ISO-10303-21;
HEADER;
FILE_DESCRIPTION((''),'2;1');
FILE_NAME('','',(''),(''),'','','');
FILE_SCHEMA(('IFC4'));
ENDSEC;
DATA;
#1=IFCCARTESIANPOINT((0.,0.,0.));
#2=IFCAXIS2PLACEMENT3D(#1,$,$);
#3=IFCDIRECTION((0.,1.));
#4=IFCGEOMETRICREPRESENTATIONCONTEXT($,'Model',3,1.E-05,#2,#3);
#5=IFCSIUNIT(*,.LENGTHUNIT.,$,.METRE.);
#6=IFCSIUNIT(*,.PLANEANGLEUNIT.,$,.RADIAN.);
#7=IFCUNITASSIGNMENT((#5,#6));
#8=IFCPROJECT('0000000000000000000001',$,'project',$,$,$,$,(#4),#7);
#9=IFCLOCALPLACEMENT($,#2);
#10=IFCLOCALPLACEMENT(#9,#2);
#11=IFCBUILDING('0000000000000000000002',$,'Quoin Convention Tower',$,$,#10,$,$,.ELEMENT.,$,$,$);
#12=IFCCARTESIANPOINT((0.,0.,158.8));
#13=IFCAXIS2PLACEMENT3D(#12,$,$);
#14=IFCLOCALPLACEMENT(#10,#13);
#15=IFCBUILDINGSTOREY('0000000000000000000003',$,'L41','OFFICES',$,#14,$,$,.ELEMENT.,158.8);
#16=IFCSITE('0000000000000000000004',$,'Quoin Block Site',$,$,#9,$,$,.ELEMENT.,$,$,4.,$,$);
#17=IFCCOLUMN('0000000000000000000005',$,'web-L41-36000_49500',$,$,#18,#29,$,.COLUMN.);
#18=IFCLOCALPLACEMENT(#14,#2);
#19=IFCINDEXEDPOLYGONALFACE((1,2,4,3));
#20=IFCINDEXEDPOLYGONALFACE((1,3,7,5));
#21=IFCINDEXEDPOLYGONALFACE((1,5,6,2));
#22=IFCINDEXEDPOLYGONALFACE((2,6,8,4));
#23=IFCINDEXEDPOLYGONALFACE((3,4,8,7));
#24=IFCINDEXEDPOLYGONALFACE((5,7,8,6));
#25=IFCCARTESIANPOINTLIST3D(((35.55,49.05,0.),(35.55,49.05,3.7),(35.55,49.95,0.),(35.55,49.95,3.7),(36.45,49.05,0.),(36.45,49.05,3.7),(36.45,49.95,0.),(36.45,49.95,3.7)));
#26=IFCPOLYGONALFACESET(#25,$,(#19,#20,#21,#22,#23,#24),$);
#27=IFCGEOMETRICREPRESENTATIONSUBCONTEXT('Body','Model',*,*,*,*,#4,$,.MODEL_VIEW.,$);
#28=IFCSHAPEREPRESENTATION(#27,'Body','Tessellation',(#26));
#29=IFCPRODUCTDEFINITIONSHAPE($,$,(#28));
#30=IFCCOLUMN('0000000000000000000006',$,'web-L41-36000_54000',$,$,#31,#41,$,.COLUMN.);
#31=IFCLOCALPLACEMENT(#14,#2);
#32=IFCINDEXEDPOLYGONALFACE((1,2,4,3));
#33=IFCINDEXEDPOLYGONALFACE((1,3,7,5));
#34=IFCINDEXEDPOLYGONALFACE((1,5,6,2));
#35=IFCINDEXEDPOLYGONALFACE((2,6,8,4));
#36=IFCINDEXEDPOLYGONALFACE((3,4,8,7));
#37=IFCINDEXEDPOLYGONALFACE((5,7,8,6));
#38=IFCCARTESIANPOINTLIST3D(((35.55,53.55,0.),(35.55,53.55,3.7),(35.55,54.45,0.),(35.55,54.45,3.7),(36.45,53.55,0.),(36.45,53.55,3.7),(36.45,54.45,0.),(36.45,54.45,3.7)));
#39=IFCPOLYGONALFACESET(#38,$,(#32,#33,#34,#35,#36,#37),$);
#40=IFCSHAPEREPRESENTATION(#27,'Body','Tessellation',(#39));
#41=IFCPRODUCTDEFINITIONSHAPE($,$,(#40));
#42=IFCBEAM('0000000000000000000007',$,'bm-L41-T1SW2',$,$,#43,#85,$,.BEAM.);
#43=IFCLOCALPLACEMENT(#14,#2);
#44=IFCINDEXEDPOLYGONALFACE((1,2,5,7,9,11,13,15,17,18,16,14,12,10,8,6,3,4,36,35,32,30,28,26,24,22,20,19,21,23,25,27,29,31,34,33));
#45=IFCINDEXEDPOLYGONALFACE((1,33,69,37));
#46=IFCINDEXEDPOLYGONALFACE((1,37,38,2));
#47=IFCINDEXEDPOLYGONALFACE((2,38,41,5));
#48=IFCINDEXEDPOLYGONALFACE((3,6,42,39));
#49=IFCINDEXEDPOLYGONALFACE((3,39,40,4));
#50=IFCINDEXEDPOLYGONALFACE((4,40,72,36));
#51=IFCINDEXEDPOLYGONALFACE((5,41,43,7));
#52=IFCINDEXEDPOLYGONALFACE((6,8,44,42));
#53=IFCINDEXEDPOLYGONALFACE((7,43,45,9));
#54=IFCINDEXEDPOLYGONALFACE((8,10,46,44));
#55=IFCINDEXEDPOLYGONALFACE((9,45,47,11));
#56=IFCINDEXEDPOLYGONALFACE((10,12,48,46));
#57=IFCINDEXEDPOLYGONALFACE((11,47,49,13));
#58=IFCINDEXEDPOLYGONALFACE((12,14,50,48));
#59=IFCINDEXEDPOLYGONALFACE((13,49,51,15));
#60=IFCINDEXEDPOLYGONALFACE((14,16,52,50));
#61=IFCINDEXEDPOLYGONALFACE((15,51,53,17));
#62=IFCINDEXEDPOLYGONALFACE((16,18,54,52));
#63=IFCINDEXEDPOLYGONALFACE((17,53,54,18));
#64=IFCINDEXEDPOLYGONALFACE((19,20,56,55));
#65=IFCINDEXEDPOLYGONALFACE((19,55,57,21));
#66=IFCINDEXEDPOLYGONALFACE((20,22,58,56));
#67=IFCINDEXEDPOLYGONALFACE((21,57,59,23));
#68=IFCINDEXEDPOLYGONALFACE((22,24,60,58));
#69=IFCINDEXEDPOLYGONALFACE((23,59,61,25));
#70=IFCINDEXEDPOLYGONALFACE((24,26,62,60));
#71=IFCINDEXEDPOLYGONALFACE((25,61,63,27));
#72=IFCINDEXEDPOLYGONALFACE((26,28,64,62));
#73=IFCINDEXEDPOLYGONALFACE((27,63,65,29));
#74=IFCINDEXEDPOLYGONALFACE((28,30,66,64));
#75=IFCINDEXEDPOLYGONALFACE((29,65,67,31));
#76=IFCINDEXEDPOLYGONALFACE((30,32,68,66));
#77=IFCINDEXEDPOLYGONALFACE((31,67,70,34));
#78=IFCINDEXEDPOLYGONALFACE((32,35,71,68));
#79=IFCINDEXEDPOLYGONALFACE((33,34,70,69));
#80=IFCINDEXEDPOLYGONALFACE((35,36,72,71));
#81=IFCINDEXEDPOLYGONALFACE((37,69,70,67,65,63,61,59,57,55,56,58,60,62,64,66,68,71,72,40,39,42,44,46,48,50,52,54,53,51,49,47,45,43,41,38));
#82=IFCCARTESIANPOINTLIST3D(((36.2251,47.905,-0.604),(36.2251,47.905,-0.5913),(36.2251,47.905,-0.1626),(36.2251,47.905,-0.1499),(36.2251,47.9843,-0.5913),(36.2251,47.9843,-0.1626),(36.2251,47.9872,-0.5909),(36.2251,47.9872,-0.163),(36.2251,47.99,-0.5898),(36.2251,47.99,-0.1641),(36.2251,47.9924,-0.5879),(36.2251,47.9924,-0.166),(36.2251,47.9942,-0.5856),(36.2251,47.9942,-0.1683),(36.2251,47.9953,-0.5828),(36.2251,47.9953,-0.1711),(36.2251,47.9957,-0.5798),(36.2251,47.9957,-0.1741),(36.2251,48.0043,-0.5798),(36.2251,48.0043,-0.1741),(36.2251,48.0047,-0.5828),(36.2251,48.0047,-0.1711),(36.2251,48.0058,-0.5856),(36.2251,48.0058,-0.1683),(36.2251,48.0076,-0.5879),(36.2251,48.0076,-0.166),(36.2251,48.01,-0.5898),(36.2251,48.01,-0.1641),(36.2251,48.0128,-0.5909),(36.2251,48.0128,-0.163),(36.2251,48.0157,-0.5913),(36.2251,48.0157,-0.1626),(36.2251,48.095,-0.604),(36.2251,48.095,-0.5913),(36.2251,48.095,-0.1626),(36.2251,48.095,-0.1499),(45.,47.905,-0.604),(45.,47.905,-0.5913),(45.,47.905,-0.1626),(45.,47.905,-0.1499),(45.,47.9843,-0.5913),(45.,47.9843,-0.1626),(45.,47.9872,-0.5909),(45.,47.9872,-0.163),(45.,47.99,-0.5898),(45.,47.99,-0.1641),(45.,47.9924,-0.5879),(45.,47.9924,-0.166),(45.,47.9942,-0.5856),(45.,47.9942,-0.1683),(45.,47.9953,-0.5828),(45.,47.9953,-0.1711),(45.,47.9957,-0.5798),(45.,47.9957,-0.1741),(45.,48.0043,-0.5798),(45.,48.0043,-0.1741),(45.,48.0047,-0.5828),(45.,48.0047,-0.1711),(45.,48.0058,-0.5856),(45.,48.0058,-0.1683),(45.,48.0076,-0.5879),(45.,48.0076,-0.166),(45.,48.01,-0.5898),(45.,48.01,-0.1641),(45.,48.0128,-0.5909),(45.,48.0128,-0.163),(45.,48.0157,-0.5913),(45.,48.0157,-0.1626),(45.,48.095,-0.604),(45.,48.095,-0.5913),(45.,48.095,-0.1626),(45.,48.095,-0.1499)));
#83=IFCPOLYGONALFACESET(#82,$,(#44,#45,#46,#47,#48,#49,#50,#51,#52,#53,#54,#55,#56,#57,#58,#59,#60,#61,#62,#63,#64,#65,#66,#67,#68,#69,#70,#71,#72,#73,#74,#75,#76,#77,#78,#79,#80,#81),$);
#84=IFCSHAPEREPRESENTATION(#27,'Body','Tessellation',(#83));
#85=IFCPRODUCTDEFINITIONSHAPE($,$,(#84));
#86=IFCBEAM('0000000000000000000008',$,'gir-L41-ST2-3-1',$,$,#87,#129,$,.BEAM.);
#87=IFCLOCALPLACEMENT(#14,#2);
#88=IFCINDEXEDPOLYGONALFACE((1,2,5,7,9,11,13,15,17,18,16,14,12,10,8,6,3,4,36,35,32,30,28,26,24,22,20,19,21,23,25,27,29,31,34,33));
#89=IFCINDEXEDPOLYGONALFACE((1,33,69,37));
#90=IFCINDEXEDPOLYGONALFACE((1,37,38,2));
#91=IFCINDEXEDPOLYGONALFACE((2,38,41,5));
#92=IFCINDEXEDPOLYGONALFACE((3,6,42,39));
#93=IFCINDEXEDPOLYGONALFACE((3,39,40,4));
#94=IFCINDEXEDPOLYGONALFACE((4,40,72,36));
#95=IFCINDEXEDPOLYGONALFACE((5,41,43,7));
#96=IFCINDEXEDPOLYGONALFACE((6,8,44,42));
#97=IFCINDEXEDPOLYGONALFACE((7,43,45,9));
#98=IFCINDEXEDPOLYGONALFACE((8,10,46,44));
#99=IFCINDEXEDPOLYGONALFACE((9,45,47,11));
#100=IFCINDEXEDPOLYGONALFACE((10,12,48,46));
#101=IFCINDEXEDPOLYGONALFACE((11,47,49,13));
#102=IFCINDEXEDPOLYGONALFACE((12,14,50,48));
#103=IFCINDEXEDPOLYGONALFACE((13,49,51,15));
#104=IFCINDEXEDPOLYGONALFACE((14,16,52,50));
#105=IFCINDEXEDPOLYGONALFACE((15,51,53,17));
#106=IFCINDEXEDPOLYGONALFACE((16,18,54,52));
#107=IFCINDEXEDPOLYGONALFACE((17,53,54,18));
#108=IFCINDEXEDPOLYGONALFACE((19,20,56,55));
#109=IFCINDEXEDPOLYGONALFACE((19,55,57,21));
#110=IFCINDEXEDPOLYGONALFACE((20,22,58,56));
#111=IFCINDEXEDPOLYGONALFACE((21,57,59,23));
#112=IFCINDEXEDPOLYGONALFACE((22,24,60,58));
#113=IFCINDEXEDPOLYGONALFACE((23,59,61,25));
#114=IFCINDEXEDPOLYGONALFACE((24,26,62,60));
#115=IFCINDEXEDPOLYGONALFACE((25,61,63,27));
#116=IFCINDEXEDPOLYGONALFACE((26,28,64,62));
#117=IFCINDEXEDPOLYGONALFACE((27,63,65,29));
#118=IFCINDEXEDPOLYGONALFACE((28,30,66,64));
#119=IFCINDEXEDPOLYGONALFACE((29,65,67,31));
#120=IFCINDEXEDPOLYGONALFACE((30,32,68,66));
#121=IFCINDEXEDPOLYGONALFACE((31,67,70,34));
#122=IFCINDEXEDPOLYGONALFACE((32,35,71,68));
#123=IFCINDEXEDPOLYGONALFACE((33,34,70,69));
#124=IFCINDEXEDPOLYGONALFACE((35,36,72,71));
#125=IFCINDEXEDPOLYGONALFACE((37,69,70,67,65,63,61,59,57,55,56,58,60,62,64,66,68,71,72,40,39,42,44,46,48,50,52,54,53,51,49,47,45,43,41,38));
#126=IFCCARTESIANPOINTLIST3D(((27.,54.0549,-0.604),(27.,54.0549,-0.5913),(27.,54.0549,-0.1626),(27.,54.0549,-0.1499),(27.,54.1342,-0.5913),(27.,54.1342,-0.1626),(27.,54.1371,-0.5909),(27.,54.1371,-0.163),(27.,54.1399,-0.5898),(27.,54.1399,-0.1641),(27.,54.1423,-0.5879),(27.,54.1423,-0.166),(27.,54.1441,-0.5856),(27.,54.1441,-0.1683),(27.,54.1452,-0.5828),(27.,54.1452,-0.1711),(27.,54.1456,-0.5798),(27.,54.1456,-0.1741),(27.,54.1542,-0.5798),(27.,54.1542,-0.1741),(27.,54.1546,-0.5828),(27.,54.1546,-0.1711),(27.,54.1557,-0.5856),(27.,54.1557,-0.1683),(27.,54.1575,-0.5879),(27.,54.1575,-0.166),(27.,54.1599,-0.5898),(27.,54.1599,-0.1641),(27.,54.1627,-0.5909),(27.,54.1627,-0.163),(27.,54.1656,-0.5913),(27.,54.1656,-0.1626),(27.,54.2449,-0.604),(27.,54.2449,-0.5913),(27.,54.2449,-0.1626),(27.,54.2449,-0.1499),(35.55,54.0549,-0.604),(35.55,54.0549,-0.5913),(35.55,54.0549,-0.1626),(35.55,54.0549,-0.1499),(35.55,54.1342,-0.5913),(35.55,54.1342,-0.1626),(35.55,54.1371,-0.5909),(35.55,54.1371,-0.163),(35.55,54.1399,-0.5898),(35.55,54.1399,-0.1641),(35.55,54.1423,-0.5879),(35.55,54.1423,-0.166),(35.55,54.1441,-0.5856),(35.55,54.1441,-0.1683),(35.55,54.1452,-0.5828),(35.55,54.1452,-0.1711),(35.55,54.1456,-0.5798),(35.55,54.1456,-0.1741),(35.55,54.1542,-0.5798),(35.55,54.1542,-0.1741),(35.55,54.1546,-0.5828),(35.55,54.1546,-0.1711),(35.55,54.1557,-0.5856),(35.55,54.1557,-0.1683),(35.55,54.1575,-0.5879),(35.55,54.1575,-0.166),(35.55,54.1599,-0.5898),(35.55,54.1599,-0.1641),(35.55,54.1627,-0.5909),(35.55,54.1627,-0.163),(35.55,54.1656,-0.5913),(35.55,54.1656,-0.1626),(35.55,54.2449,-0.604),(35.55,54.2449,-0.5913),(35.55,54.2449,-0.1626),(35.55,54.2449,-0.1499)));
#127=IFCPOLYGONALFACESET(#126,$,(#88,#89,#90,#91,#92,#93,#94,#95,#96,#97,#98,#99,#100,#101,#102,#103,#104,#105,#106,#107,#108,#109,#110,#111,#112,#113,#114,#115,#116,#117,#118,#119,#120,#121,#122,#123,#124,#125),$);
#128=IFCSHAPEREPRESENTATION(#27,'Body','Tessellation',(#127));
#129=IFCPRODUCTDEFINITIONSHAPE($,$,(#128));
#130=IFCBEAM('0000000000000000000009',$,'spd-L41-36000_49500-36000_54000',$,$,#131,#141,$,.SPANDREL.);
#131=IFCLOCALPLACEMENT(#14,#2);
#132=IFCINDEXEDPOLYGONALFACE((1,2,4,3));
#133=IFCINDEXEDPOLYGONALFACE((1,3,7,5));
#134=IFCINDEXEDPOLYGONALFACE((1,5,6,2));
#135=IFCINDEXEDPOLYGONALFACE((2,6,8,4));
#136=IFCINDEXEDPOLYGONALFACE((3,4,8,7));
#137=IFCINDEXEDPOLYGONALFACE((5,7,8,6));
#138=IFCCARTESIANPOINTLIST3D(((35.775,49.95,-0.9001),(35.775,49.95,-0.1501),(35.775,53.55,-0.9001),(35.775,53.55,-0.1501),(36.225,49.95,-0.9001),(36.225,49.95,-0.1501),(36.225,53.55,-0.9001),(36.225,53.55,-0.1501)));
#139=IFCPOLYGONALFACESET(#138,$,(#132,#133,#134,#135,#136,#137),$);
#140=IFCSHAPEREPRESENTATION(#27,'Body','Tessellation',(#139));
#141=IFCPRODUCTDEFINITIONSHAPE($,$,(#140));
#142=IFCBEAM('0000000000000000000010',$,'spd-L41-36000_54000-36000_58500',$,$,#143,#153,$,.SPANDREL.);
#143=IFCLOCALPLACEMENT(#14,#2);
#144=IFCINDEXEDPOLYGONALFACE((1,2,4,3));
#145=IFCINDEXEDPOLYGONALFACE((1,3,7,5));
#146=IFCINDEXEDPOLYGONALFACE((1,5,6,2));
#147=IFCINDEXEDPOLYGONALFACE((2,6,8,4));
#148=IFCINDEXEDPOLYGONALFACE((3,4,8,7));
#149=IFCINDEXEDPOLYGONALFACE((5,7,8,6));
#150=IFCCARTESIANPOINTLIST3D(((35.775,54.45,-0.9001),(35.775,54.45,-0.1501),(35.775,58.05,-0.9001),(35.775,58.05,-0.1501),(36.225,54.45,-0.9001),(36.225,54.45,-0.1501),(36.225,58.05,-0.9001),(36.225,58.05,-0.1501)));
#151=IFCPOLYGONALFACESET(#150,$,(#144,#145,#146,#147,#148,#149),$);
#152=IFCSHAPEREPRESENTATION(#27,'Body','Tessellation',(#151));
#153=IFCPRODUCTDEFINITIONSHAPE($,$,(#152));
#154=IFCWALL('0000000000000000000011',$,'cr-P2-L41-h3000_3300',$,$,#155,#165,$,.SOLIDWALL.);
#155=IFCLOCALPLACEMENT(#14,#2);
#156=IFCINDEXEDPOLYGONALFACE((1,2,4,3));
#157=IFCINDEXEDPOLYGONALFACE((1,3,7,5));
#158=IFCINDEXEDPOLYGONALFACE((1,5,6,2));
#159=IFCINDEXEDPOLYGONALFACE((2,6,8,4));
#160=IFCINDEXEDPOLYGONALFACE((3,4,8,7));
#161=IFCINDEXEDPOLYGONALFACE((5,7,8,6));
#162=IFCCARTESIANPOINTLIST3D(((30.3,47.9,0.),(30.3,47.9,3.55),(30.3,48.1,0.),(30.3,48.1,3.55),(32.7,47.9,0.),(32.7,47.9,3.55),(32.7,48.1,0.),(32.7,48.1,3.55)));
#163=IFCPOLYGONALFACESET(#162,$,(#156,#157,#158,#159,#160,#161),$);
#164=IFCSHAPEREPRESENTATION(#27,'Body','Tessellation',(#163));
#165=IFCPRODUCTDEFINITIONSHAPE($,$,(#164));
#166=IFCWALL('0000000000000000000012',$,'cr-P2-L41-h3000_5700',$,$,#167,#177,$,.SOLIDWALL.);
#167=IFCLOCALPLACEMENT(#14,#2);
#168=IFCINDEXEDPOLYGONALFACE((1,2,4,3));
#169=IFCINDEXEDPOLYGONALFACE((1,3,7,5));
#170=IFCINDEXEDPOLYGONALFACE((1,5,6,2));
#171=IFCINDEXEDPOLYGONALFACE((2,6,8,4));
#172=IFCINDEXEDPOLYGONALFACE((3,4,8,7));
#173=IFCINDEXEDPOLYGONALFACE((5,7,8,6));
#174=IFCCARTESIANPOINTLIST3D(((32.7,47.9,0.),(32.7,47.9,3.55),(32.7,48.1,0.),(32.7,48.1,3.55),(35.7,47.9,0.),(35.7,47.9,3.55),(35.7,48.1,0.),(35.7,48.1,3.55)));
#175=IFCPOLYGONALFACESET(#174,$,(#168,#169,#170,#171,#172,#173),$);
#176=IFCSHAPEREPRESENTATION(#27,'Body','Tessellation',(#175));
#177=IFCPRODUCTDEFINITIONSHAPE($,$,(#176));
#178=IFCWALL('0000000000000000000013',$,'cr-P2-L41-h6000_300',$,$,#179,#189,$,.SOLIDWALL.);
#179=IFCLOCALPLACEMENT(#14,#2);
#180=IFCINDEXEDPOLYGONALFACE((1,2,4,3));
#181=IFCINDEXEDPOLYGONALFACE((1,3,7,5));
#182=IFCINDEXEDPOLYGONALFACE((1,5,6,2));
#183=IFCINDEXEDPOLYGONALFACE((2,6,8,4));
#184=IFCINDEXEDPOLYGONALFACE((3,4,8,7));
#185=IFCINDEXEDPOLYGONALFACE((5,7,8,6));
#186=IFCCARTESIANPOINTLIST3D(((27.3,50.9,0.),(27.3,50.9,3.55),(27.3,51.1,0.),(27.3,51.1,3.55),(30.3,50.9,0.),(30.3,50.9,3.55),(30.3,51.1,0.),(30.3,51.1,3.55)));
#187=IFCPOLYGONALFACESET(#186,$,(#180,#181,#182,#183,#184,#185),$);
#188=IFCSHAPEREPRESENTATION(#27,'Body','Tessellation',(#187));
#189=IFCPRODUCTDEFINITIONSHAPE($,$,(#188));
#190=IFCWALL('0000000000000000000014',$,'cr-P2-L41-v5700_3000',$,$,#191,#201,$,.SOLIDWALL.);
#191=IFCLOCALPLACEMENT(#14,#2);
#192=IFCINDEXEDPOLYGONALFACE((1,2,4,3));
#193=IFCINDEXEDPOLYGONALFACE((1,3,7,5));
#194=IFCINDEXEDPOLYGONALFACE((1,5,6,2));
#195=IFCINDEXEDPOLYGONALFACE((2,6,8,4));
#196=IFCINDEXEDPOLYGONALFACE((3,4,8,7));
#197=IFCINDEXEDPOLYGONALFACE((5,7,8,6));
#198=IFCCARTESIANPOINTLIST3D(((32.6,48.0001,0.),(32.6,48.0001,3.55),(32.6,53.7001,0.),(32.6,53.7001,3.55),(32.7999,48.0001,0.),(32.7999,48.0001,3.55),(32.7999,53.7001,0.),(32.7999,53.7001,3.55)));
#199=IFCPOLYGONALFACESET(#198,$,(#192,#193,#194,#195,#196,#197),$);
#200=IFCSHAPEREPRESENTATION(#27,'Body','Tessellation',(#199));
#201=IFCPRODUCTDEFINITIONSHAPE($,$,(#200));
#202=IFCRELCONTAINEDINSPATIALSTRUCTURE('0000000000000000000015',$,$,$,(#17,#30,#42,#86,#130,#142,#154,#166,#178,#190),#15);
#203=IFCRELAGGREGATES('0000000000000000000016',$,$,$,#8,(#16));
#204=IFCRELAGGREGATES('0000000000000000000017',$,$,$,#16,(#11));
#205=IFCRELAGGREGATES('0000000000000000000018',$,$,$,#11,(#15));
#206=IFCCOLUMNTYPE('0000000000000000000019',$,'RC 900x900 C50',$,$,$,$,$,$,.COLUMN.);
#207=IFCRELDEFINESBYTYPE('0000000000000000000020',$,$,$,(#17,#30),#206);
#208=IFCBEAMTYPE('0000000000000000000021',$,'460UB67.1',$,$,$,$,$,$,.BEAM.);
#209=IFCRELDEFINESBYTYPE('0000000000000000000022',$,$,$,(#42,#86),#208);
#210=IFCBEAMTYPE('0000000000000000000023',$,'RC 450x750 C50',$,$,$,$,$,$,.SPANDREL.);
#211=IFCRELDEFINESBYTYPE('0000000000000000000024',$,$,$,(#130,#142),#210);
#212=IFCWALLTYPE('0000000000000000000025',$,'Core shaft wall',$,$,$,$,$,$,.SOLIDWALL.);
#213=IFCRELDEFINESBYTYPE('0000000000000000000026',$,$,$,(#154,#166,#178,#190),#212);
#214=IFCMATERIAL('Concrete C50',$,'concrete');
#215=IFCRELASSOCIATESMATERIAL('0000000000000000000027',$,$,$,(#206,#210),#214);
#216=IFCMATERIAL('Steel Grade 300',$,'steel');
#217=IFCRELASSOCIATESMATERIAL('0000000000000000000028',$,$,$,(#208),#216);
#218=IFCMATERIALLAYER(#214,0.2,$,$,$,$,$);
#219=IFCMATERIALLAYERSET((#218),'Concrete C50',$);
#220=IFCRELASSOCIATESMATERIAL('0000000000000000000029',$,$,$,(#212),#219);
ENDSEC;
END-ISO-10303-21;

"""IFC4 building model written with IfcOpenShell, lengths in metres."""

from ifc_helpers import new_model, si_unit, direction, frame, frame_2d, origin, origin_2d, place, context, subcontext, project, spatial, rectangle, i_section, extrude, material, layer, layer_set, material_profile, profile_set, type_object, element, save


model = new_model("IFC4")

# Units and contexts
model_context = context("Model", 3, precision=1e-05, world=origin(), true_north=direction((0.0, 1.0)))
body_context = subcontext(model_context, "Body", "Model", "MODEL_VIEW")
ifc_project = project(units=[si_unit("LENGTHUNIT", "METRE"), si_unit("PLANEANGLEUNIT", "RADIAN")], contexts=[model_context])

# Site, building, storey
site_placement = place(None, origin())
site = spatial("IfcSite", under=ifc_project, at=site_placement, Name="Quoin Block Site", CompositionType="ELEMENT", RefElevation=4.0)
building_placement = place(site_placement, origin())
building = spatial("IfcBuilding", under=site, at=building_placement, Name="Quoin Convention Tower", CompositionType="ELEMENT")
storey_placement = place(building_placement, frame((0.0, 0.0, 158.8)))
storey = spatial("IfcBuildingStorey", under=building, at=storey_placement, Name="L41", Description="OFFICES", CompositionType="ELEMENT", Elevation=158.8)

# Columns
ifc_material_1 = material(Name="Concrete C50", Category="concrete")
ifc_material_profile_1 = material_profile(ifc_material_1, rectangle(XDim=0.8999, YDim=0.8999, at=origin_2d()), Name="RC 900x900")
ifc_profile_set_1 = profile_set([ifc_material_profile_1], Name="Concrete C50")
column_type = type_object("IfcColumnType", Name="RC 900x900 C50", PredefinedType="COLUMN", material=ifc_profile_set_1)
for number, where, z_axis, x_axis, name in (
    (1, (36.0, 49.5, 0.0), (0.0, 0.0, 1.0), (1.0, 0.0, 0.0), "web-L41-36000_49500"),
    (2, (36.0, 54.0, 0.0), (0.0, 0.0, 1.0), (1.0, 0.0, 0.0), "web-L41-36000_54000"),
):
    element("IfcColumn", number, at=place(storey_placement, frame(where, z_axis=z_axis, x_axis=x_axis)), inside=storey, type_object=column_type, Name=name, PredefinedType="COLUMN", context=body_context, shape_type="SweptSolid", body=[
        extrude(rectangle(XDim=0.8999, YDim=0.8999, at=origin_2d()), origin(), (0.0, 0.0, 1.0), 3.7),
    ])

# Beams
ifc_material_2 = material(Name="Steel Grade 300", Category="steel")
ifc_material_profile_2 = material_profile(ifc_material_2, i_section(OverallWidth=0.1899, OverallDepth=0.4541, WebThickness=0.0085, FlangeThickness=0.0127, FilletRadius=0.0115, at=origin_2d()), Name="460UB67.1")
ifc_profile_set_2 = profile_set([ifc_material_profile_2], Name="Steel Grade 300")
beam_type_1 = type_object("IfcBeamType", Name="460UB67.1", PredefinedType="BEAM", material=ifc_profile_set_2)
beam_1_placement = place(storey_placement, frame((36.2251, 48.0, -0.377), z_axis=(1.0, 0.0, 0.0), x_axis=(0.0, 1.0, 0.0)))
element("IfcBeam", 3, at=beam_1_placement, inside=storey, type_object=beam_type_1, Name="bm-L41-T1SW2", PredefinedType="BEAM", context=body_context, shape_type="SweptSolid", body=[
    extrude(i_section(OverallWidth=0.1899, OverallDepth=0.4541, WebThickness=0.0085, FlangeThickness=0.0127, FilletRadius=0.0115, at=origin_2d()), origin(), (0.0, 0.0, 1.0), 8.7749),
])
beam_2_placement = place(storey_placement, frame((27.0, 54.1499, -0.377), z_axis=(1.0, 0.0, 0.0), x_axis=(0.0, 1.0, 0.0)))
element("IfcBeam", 4, at=beam_2_placement, inside=storey, type_object=beam_type_1, Name="gir-L41-ST2-3-1", PredefinedType="BEAM", context=body_context, shape_type="SweptSolid", body=[
    extrude(i_section(OverallWidth=0.1899, OverallDepth=0.4541, WebThickness=0.0085, FlangeThickness=0.0127, FilletRadius=0.0115, at=origin_2d()), origin(), (0.0, 0.0, 1.0), 8.55),
])
ifc_material_profile_3 = material_profile(ifc_material_1, rectangle(XDim=0.45, YDim=0.75, at=origin_2d()), Name="RC 450x750")
ifc_profile_set_3 = profile_set([ifc_material_profile_3], Name="Concrete C50")
beam_type_2 = type_object("IfcBeamType", Name="RC 450x750 C50", PredefinedType="SPANDREL", material=ifc_profile_set_3)
for number, where, z_axis, x_axis, name in (
    (5, (36.0, 49.95, -0.5251), (0.0, 1.0, 0.0), (-1.0, 0.0, 0.0), "spd-L41-36000_49500-36000_54000"),
    (6, (36.0, 54.45, -0.5251), (0.0, 1.0, 0.0), (-1.0, 0.0, 0.0), "spd-L41-36000_54000-36000_58500"),
):
    element("IfcBeam", number, at=place(storey_placement, frame(where, z_axis=z_axis, x_axis=x_axis)), inside=storey, type_object=beam_type_2, Name=name, PredefinedType="SPANDREL", context=body_context, shape_type="SweptSolid", body=[
        extrude(rectangle(XDim=0.45, YDim=0.75, at=origin_2d()), origin(), (0.0, 0.0, 1.0), 3.6001),
    ])

# Walls
ifc_layer_1 = layer(ifc_material_1, 0.2)
ifc_layer_set_1 = layer_set([ifc_layer_1], Name="Concrete C50")
wall_type_1 = type_object("IfcWallType", Name="Core shaft wall", PredefinedType="SOLIDWALL", material=ifc_layer_set_1)
wall_1_placement = place(storey_placement, frame((30.3, 48.0, 0.0), z_axis=(0.0, 0.0, 1.0), x_axis=(1.0, 0.0, 0.0)))
element("IfcWall", 7, at=wall_1_placement, inside=storey, type_object=wall_type_1, Name="cr-P2-L41-h3000_3300", PredefinedType="SOLIDWALL", context=body_context, shape_type="SweptSolid", body=[
    extrude(rectangle(XDim=2.3999, YDim=0.2, at=frame_2d((1.2, 0.0))), origin(), (0.0, 0.0, 1.0), 3.55),
])
for number, where, z_axis, x_axis, name in (
    (8, (32.7, 48.0, 0.0), (0.0, 0.0, 1.0), (1.0, 0.0, 0.0), "cr-P2-L41-h3000_5700"),
    (9, (27.3, 51.0, 0.0), (0.0, 0.0, 1.0), (1.0, 0.0, 0.0), "cr-P2-L41-h6000_300"),
):
    element("IfcWall", number, at=place(storey_placement, frame(where, z_axis=z_axis, x_axis=x_axis)), inside=storey, type_object=wall_type_1, Name=name, PredefinedType="SOLIDWALL", context=body_context, shape_type="SweptSolid", body=[
        extrude(rectangle(XDim=3.0, YDim=0.2, at=frame_2d((1.5, 0.0))), origin(), (0.0, 0.0, 1.0), 3.55),
    ])
wall_2_placement = place(storey_placement, frame((32.7, 48.0, 0.0), z_axis=(0.0, 0.0, 1.0), x_axis=(0.0, 1.0, 0.0)))
element("IfcWall", 10, at=wall_2_placement, inside=storey, type_object=wall_type_1, Name="cr-P2-L41-v5700_3000", PredefinedType="SOLIDWALL", context=body_context, shape_type="SweptSolid", body=[
    extrude(rectangle(XDim=5.7, YDim=0.2, at=frame_2d((2.8501, 0.0))), origin(), (0.0, 0.0, 1.0), 3.55),
])

save(model, "model.ifc")
